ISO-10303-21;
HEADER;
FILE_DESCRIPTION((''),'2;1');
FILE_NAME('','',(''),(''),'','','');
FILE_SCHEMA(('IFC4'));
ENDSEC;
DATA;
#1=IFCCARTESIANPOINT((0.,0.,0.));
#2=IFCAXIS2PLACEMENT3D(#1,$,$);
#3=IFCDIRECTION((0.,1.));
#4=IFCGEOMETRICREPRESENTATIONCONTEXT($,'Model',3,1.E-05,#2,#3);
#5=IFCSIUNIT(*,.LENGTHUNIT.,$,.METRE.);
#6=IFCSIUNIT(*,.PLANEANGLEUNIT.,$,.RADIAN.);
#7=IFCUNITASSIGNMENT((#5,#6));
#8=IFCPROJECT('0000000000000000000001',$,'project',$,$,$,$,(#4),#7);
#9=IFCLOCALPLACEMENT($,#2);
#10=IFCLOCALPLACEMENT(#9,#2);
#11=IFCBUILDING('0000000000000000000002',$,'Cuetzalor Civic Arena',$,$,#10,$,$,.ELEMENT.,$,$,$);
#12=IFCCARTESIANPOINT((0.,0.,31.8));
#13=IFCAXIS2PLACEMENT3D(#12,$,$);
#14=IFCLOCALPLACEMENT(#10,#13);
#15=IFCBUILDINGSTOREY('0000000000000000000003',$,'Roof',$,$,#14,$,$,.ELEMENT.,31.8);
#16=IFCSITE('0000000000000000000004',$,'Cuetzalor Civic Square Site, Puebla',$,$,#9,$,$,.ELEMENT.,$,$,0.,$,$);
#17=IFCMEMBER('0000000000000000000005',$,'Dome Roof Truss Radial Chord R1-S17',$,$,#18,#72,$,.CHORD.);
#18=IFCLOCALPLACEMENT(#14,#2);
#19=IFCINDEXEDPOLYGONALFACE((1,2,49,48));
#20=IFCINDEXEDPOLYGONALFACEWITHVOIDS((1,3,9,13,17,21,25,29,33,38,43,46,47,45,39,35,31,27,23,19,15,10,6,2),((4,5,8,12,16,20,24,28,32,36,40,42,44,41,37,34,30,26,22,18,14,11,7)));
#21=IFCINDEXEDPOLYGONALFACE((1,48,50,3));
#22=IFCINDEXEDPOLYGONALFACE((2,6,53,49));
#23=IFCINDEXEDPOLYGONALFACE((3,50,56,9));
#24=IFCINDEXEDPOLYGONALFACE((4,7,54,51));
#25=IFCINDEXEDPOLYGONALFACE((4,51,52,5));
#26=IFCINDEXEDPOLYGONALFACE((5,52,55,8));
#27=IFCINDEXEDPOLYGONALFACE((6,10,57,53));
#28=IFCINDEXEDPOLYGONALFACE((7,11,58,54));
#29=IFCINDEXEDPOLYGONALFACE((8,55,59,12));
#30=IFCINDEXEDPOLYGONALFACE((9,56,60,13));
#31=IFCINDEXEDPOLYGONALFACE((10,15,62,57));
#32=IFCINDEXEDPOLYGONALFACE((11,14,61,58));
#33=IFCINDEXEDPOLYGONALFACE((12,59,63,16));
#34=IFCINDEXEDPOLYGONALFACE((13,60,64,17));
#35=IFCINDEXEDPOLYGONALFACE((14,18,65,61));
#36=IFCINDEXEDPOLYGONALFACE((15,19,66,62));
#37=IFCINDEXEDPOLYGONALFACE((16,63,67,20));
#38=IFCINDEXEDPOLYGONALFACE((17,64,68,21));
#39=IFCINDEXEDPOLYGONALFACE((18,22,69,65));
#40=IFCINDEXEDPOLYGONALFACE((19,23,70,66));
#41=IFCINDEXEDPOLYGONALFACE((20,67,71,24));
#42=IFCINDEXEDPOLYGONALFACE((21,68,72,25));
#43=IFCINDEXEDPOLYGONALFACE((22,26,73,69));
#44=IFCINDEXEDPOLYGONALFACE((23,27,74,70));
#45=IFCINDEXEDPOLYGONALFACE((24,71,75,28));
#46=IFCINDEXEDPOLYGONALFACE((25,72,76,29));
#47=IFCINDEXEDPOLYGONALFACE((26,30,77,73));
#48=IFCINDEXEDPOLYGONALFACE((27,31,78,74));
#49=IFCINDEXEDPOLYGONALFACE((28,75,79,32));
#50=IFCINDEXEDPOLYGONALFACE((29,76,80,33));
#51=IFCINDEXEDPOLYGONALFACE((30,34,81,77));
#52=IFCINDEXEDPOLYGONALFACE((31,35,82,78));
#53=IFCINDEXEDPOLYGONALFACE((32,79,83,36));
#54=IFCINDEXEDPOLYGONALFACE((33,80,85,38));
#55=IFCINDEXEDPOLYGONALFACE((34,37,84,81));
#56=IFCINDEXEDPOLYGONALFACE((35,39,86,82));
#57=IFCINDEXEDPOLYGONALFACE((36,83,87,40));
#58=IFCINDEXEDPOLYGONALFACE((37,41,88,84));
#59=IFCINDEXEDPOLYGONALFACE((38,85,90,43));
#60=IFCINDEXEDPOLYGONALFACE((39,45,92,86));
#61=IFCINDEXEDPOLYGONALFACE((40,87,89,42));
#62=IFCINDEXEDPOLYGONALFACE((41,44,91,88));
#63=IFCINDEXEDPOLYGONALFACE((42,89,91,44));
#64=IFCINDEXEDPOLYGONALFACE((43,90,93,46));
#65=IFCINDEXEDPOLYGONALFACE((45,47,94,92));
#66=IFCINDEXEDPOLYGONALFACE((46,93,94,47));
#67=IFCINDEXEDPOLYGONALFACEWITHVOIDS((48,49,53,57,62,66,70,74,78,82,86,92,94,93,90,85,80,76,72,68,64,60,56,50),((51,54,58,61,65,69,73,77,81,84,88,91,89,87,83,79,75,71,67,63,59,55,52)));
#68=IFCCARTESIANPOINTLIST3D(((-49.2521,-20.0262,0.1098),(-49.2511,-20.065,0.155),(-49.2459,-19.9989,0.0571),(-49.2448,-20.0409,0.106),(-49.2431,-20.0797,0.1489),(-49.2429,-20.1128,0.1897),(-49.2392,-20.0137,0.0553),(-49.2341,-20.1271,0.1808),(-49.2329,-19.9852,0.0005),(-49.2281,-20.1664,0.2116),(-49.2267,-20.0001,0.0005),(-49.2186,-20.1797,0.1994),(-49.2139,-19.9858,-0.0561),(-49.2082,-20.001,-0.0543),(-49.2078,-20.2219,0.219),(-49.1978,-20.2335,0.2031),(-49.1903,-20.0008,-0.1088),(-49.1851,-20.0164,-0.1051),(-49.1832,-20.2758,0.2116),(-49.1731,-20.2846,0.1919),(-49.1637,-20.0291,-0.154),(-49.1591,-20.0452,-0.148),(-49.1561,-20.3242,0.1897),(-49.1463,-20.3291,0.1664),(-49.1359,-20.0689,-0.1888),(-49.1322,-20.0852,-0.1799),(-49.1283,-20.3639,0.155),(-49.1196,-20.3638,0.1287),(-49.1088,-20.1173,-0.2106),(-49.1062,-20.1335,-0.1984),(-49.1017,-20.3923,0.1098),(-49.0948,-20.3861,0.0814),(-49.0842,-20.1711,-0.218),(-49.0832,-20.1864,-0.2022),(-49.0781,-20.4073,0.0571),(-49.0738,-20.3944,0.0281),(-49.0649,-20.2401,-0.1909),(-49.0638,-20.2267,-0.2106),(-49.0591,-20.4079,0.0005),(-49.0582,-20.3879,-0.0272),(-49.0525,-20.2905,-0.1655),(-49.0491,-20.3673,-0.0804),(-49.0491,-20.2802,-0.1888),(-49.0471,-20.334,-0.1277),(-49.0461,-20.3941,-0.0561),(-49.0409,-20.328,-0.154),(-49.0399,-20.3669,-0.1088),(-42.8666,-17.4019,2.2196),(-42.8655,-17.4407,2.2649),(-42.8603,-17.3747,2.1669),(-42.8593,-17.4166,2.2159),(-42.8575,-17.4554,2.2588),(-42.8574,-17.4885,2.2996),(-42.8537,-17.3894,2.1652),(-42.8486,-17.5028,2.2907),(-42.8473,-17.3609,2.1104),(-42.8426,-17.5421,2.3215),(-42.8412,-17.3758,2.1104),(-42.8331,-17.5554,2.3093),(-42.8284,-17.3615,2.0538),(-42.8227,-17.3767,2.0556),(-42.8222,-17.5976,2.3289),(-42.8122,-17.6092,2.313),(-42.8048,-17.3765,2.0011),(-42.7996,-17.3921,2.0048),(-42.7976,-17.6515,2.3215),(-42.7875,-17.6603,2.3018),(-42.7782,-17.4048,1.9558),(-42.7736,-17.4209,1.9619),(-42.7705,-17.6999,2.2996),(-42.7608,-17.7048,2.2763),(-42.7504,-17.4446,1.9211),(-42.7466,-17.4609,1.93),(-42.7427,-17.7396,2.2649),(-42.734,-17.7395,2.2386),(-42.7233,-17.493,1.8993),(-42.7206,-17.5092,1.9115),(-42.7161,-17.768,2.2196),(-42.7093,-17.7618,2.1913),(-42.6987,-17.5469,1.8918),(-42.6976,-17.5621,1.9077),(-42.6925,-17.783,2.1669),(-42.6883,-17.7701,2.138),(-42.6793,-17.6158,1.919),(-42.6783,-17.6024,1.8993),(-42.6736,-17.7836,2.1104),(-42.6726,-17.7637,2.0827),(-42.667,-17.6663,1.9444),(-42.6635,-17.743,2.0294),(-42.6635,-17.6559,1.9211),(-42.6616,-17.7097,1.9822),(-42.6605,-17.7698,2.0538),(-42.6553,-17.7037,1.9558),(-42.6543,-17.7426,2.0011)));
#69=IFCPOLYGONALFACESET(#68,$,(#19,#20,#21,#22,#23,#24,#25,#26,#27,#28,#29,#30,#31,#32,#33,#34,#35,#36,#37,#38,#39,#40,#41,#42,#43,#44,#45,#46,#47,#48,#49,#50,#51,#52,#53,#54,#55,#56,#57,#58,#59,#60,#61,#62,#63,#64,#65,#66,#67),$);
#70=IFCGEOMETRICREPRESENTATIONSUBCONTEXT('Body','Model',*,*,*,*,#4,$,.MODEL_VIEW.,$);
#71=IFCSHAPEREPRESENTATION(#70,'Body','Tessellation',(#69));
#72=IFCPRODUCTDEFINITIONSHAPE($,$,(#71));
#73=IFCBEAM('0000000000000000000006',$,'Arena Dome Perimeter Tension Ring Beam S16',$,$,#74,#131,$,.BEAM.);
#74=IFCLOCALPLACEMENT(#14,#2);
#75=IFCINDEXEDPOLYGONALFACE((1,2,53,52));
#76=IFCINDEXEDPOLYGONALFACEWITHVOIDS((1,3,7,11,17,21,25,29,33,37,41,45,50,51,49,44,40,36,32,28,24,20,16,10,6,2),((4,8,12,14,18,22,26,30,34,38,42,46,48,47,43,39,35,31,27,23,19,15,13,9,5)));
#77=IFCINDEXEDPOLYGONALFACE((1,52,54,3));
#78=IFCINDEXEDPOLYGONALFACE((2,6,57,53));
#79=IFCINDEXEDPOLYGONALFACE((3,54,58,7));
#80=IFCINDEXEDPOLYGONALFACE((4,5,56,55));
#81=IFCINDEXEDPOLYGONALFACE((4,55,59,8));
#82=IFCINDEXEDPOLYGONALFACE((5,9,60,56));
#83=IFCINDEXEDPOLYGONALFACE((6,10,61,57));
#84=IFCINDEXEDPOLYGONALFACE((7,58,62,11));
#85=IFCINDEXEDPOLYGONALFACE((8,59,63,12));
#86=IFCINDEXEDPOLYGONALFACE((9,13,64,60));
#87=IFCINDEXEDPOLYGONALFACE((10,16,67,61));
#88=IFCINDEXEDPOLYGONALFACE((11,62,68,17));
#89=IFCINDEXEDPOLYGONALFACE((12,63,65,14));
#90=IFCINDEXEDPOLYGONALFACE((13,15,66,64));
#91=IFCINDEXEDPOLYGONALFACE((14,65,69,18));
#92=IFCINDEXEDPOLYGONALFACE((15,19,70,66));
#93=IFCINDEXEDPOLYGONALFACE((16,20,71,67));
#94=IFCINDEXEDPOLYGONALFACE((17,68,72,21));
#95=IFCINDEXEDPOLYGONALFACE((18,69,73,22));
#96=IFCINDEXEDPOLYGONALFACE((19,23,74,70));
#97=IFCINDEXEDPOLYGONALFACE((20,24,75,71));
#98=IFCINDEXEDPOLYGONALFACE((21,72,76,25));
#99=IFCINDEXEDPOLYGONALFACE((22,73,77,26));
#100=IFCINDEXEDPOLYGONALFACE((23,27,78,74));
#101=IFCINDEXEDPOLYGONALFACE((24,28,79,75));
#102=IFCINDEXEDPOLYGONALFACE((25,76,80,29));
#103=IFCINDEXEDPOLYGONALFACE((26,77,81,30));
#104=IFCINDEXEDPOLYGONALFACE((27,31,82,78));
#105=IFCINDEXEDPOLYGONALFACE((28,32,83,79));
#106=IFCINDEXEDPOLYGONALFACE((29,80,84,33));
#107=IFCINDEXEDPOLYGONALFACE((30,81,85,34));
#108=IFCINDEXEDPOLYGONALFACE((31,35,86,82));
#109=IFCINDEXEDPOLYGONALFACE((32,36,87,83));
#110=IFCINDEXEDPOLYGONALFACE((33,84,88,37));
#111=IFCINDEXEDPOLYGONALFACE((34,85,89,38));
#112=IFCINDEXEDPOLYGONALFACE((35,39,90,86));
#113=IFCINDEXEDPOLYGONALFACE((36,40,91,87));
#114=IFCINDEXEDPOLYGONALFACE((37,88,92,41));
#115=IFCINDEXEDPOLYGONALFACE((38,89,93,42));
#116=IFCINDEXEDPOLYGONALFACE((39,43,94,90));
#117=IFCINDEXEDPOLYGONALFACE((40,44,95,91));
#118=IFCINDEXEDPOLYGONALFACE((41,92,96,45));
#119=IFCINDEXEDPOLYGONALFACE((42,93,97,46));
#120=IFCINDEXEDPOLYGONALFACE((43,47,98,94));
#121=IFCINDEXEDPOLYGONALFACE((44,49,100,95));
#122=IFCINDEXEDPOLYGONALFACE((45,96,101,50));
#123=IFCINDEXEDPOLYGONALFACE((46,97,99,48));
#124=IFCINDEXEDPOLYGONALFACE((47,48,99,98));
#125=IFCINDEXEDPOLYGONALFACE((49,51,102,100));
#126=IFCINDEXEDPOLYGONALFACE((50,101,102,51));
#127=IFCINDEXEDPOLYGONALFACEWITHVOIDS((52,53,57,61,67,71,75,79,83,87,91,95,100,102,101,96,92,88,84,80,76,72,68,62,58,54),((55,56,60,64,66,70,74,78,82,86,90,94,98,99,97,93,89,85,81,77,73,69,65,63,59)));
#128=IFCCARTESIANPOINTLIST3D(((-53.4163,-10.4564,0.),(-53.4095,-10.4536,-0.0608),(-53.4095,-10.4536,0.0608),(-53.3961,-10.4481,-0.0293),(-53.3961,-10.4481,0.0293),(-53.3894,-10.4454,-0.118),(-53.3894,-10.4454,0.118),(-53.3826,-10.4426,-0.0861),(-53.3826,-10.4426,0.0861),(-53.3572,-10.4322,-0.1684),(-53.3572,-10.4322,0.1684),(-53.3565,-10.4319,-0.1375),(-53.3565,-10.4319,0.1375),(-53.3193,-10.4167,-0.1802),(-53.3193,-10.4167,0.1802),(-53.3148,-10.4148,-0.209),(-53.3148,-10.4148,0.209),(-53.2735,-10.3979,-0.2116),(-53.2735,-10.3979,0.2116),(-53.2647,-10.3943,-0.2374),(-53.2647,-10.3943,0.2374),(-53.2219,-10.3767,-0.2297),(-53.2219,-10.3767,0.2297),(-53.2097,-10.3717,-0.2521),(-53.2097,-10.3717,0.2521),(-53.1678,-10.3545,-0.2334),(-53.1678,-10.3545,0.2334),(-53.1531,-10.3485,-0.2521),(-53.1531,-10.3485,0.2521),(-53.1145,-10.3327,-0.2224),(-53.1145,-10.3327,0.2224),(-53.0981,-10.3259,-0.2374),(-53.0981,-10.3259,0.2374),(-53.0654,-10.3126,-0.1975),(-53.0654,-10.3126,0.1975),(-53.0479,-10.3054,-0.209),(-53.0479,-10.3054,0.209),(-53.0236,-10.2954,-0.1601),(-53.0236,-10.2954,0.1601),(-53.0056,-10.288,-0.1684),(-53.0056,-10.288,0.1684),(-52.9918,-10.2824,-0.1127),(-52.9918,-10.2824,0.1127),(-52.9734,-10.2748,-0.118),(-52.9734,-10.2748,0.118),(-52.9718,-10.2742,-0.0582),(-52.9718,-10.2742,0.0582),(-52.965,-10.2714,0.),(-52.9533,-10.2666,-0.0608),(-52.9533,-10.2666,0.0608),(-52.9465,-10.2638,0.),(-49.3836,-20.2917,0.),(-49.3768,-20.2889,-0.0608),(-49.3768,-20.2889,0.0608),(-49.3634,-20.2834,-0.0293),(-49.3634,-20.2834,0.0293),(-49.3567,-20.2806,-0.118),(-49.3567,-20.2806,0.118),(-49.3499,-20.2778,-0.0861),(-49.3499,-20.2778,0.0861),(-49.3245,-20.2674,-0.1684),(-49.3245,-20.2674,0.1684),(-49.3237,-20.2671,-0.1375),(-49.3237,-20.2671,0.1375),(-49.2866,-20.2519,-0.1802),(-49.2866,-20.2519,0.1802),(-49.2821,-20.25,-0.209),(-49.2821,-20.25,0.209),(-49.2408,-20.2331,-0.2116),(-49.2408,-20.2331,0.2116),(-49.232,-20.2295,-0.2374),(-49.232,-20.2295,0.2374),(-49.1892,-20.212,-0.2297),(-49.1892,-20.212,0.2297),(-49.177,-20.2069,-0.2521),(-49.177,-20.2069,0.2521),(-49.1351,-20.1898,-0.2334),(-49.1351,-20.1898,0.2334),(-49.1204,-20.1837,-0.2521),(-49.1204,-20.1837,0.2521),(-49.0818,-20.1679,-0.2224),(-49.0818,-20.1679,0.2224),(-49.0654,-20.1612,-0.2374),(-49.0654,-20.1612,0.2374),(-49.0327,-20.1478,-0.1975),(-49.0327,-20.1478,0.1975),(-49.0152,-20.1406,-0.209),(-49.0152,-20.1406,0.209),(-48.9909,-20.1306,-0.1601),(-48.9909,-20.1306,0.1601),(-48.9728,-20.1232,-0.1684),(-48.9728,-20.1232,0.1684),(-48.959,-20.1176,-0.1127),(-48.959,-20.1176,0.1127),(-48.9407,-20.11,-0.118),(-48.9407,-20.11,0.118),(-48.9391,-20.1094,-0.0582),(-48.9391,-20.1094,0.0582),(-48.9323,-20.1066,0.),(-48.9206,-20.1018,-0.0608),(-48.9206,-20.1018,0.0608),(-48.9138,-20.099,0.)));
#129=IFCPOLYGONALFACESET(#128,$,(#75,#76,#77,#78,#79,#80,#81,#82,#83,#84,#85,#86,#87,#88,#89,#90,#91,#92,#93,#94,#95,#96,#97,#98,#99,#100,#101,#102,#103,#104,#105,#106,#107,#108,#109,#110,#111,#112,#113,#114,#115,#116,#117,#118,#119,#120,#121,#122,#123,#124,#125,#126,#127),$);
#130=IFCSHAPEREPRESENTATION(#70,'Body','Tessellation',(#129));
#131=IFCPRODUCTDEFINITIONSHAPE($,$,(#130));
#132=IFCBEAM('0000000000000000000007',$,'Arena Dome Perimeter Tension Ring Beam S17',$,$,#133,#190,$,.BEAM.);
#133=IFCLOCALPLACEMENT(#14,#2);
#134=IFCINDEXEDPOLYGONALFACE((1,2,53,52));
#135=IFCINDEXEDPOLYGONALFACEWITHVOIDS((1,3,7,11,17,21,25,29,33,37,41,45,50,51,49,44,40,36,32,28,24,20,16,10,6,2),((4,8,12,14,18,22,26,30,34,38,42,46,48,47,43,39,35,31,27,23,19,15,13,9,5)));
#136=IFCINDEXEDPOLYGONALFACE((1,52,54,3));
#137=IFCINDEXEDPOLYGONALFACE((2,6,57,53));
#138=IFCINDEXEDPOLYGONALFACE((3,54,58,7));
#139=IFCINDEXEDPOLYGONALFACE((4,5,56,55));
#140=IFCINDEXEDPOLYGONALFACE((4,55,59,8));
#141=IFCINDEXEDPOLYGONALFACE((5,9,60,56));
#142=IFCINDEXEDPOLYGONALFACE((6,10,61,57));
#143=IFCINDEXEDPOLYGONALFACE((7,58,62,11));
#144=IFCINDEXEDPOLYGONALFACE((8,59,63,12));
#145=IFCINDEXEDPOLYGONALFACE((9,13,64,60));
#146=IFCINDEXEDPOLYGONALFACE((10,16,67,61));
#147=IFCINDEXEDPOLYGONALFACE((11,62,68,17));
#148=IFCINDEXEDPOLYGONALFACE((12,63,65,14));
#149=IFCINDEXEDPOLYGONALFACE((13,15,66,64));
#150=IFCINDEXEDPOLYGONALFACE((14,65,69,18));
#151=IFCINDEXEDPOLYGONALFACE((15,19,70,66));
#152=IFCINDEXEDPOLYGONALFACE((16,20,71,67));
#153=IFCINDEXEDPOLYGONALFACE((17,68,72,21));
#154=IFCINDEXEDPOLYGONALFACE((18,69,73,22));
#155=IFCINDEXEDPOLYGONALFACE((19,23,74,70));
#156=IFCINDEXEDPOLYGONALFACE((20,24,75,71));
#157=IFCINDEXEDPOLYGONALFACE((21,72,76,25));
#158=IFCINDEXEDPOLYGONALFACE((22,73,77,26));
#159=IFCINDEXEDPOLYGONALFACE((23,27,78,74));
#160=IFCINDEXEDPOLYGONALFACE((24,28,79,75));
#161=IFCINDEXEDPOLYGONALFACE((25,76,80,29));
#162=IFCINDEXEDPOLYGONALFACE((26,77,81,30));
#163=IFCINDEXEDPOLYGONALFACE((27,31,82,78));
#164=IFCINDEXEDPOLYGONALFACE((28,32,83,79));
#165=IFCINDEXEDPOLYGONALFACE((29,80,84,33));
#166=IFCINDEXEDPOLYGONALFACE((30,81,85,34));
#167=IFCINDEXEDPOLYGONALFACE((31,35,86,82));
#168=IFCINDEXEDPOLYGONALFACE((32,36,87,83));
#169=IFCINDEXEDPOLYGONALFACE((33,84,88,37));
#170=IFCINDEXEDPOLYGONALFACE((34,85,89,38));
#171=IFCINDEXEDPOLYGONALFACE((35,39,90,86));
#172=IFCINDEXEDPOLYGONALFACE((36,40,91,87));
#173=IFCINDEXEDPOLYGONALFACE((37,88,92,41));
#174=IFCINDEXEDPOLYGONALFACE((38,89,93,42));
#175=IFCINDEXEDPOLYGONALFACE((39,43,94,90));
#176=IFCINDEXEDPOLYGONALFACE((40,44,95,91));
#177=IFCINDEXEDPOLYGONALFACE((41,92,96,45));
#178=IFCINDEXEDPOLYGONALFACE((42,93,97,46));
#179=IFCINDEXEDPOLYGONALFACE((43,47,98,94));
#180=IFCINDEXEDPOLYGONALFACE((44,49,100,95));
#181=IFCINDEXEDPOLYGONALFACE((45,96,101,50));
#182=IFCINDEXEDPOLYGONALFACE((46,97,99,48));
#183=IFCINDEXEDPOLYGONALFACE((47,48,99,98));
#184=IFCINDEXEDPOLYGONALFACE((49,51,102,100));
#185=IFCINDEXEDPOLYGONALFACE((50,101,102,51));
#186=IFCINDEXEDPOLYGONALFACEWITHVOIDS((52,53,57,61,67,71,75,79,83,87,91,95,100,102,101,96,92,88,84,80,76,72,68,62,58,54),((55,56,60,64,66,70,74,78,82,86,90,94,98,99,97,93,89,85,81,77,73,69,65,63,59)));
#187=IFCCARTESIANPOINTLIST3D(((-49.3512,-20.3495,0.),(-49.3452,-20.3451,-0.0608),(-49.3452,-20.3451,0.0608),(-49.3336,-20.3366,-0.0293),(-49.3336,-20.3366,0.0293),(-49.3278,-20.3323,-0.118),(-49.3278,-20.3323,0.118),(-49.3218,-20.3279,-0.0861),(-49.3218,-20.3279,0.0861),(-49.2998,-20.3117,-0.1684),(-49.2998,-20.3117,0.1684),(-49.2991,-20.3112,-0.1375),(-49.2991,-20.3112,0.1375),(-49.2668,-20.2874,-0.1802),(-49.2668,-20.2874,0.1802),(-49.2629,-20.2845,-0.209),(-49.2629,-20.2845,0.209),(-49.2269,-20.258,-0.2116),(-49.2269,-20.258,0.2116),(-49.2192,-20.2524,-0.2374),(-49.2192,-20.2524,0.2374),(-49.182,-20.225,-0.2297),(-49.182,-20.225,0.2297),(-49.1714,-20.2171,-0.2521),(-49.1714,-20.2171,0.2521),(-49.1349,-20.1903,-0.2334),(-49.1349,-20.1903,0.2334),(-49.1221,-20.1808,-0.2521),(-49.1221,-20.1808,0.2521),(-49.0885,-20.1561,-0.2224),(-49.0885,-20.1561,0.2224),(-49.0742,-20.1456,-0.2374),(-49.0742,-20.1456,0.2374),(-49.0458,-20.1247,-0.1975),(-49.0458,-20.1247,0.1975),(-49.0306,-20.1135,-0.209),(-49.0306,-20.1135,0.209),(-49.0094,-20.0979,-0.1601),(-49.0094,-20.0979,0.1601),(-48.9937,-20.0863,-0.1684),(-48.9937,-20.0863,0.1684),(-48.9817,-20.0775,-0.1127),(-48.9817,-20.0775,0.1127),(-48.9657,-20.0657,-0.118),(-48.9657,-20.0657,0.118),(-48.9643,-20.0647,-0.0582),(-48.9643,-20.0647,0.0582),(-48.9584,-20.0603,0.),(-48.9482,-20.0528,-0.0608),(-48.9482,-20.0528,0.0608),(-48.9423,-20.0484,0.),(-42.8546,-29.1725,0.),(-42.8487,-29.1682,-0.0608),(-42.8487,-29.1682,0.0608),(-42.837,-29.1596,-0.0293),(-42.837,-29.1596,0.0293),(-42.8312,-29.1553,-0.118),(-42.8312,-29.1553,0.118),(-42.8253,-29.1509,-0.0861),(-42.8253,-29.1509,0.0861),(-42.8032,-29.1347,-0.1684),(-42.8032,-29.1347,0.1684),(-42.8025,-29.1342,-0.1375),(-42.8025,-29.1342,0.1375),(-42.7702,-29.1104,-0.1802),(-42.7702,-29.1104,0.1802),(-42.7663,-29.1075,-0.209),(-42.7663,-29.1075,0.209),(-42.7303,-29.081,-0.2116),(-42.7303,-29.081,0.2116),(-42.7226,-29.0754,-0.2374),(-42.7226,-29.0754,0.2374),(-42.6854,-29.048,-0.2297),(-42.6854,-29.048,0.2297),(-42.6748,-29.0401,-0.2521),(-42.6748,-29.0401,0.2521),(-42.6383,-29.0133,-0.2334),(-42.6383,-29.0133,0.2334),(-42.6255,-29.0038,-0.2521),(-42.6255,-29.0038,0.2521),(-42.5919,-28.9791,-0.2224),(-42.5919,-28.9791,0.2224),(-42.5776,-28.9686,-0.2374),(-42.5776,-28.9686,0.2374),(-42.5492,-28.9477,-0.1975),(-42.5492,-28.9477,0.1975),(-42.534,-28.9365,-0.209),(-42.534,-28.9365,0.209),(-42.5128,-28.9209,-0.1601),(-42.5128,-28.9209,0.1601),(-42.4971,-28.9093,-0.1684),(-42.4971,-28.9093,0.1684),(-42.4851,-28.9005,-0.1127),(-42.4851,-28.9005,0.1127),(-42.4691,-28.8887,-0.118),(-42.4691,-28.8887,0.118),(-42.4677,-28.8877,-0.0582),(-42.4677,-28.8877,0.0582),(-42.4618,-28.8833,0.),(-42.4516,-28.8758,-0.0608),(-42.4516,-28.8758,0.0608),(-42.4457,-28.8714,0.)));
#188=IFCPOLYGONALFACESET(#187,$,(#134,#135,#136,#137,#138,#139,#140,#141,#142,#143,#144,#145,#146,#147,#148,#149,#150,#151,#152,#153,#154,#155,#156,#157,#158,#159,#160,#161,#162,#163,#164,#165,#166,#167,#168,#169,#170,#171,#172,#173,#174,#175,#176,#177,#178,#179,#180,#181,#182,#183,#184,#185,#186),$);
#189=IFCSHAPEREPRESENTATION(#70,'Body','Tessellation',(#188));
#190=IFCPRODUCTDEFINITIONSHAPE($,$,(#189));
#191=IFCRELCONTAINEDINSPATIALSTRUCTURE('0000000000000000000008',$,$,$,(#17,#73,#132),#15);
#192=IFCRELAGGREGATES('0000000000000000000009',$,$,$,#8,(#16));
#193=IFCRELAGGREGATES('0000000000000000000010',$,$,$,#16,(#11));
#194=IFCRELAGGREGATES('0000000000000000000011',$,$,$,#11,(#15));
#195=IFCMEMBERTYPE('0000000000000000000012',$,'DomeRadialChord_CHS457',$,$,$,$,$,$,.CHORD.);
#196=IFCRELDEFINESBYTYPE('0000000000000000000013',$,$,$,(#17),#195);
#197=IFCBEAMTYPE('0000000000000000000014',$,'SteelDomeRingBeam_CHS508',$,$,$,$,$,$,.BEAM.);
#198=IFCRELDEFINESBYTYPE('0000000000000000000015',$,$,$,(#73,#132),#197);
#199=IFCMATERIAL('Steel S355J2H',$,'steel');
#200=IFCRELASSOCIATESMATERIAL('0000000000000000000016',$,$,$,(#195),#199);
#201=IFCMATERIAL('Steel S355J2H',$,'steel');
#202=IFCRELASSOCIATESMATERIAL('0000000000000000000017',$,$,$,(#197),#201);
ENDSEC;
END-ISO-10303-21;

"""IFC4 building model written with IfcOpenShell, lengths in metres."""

from ifc_helpers import new_model, si_unit, direction, frame, origin, origin_2d, place, context, subcontext, project, spatial, hollow_circle, extrude, material, material_profile, profile_set, type_object, element, save


model = new_model("IFC4")

# Units and contexts
model_context = context("Model", 3, precision=1e-05, world=origin(), true_north=direction((0.0, 1.0)))
body_context = subcontext(model_context, "Body", "Model", "MODEL_VIEW")
ifc_project = project(units=[si_unit("LENGTHUNIT", "METRE"), si_unit("PLANEANGLEUNIT", "RADIAN")], contexts=[model_context])

# Site, building, storey
site_placement = place(None, origin())
site = spatial("IfcSite", under=ifc_project, at=site_placement, Name="Cuetzalor Civic Square Site, Puebla", CompositionType="ELEMENT", RefElevation=0.0)
building_placement = place(site_placement, origin())
building = spatial("IfcBuilding", under=site, at=building_placement, Name="Cuetzalor Civic Arena", CompositionType="ELEMENT")
storey_placement = place(building_placement, frame((0.0, 0.0, 31.8)))
storey = spatial("IfcBuildingStorey", under=building, at=storey_placement, Name="Roof", CompositionType="ELEMENT", Elevation=31.8)

# Member
ifc_material_1 = material(Name="Steel S355J2H", Category="steel")
ifc_material_profile_1 = material_profile(ifc_material_1, hollow_circle(Radius=0.2285, WallThickness=0.0161, at=origin_2d()), Name="CHS 457x16")
ifc_profile_set_1 = profile_set([ifc_material_profile_1], Name="Steel S355J2H")
member_type_1 = type_object("IfcMemberType", Name="DomeRadialChord_CHS457", PredefinedType="CHORD", material=ifc_profile_set_1)
member_1_placement = place(storey_placement, frame((-49.146, -20.1965, 0.0005), z_axis=(0.88455, 0.363526, 0.292268), x_axis=(-0.380124, 0.924936, 0.0)))
element("IfcMember", 1, at=member_1_placement, inside=storey, type_object=member_type_1, Name="Dome Roof Truss Radial Chord R1-S17", PredefinedType="CHORD", context=body_context, shape_type="SweptSolid", body=[
    extrude(hollow_circle(Radius=0.2285, WallThickness=0.0161, at=origin_2d()), origin(), (0.0, 0.0, 1.0), 7.219),
])

# Beams
ifc_material_2 = material(Name="Steel S355J2H", Category="steel")
ifc_material_profile_2 = material_profile(ifc_material_2, hollow_circle(Radius=0.2539, WallThickness=0.02, at=origin_2d()), Name="CHS 508x20")
ifc_profile_set_2 = profile_set([ifc_material_profile_2], Name="Steel S355J2H")
beam_type = type_object("IfcBeamType", Name="SteelDomeRingBeam_CHS508", PredefinedType="BEAM", material=ifc_profile_set_2)
beam_1_placement = place(storey_placement, frame((-53.1814, -10.3601, 0.0), z_axis=(0.379376, -0.925243, 0.0), x_axis=(0.925243, 0.379376, 0.0)))
element("IfcBeam", 2, at=beam_1_placement, inside=storey, type_object=beam_type, Name="Arena Dome Perimeter Tension Ring Beam S16", PredefinedType="BEAM", context=body_context, shape_type="SweptSolid", body=[
    extrude(hollow_circle(Radius=0.2539, WallThickness=0.02, at=origin_2d()), origin(), (0.0, 0.0, 1.0), 10.6299),
])
beam_2_placement = place(storey_placement, frame((-49.1467, -20.199, 0.0), z_axis=(0.592928, -0.805255, 0.0), x_axis=(0.805255, 0.592928, 0.0)))
element("IfcBeam", 3, at=beam_2_placement, inside=storey, type_object=beam_type, Name="Arena Dome Perimeter Tension Ring Beam S17", PredefinedType="BEAM", context=body_context, shape_type="SweptSolid", body=[
    extrude(hollow_circle(Radius=0.2539, WallThickness=0.02, at=origin_2d()), origin(), (0.0, 0.0, 1.0), 10.9568),
])

save(model, "model.ifc")
